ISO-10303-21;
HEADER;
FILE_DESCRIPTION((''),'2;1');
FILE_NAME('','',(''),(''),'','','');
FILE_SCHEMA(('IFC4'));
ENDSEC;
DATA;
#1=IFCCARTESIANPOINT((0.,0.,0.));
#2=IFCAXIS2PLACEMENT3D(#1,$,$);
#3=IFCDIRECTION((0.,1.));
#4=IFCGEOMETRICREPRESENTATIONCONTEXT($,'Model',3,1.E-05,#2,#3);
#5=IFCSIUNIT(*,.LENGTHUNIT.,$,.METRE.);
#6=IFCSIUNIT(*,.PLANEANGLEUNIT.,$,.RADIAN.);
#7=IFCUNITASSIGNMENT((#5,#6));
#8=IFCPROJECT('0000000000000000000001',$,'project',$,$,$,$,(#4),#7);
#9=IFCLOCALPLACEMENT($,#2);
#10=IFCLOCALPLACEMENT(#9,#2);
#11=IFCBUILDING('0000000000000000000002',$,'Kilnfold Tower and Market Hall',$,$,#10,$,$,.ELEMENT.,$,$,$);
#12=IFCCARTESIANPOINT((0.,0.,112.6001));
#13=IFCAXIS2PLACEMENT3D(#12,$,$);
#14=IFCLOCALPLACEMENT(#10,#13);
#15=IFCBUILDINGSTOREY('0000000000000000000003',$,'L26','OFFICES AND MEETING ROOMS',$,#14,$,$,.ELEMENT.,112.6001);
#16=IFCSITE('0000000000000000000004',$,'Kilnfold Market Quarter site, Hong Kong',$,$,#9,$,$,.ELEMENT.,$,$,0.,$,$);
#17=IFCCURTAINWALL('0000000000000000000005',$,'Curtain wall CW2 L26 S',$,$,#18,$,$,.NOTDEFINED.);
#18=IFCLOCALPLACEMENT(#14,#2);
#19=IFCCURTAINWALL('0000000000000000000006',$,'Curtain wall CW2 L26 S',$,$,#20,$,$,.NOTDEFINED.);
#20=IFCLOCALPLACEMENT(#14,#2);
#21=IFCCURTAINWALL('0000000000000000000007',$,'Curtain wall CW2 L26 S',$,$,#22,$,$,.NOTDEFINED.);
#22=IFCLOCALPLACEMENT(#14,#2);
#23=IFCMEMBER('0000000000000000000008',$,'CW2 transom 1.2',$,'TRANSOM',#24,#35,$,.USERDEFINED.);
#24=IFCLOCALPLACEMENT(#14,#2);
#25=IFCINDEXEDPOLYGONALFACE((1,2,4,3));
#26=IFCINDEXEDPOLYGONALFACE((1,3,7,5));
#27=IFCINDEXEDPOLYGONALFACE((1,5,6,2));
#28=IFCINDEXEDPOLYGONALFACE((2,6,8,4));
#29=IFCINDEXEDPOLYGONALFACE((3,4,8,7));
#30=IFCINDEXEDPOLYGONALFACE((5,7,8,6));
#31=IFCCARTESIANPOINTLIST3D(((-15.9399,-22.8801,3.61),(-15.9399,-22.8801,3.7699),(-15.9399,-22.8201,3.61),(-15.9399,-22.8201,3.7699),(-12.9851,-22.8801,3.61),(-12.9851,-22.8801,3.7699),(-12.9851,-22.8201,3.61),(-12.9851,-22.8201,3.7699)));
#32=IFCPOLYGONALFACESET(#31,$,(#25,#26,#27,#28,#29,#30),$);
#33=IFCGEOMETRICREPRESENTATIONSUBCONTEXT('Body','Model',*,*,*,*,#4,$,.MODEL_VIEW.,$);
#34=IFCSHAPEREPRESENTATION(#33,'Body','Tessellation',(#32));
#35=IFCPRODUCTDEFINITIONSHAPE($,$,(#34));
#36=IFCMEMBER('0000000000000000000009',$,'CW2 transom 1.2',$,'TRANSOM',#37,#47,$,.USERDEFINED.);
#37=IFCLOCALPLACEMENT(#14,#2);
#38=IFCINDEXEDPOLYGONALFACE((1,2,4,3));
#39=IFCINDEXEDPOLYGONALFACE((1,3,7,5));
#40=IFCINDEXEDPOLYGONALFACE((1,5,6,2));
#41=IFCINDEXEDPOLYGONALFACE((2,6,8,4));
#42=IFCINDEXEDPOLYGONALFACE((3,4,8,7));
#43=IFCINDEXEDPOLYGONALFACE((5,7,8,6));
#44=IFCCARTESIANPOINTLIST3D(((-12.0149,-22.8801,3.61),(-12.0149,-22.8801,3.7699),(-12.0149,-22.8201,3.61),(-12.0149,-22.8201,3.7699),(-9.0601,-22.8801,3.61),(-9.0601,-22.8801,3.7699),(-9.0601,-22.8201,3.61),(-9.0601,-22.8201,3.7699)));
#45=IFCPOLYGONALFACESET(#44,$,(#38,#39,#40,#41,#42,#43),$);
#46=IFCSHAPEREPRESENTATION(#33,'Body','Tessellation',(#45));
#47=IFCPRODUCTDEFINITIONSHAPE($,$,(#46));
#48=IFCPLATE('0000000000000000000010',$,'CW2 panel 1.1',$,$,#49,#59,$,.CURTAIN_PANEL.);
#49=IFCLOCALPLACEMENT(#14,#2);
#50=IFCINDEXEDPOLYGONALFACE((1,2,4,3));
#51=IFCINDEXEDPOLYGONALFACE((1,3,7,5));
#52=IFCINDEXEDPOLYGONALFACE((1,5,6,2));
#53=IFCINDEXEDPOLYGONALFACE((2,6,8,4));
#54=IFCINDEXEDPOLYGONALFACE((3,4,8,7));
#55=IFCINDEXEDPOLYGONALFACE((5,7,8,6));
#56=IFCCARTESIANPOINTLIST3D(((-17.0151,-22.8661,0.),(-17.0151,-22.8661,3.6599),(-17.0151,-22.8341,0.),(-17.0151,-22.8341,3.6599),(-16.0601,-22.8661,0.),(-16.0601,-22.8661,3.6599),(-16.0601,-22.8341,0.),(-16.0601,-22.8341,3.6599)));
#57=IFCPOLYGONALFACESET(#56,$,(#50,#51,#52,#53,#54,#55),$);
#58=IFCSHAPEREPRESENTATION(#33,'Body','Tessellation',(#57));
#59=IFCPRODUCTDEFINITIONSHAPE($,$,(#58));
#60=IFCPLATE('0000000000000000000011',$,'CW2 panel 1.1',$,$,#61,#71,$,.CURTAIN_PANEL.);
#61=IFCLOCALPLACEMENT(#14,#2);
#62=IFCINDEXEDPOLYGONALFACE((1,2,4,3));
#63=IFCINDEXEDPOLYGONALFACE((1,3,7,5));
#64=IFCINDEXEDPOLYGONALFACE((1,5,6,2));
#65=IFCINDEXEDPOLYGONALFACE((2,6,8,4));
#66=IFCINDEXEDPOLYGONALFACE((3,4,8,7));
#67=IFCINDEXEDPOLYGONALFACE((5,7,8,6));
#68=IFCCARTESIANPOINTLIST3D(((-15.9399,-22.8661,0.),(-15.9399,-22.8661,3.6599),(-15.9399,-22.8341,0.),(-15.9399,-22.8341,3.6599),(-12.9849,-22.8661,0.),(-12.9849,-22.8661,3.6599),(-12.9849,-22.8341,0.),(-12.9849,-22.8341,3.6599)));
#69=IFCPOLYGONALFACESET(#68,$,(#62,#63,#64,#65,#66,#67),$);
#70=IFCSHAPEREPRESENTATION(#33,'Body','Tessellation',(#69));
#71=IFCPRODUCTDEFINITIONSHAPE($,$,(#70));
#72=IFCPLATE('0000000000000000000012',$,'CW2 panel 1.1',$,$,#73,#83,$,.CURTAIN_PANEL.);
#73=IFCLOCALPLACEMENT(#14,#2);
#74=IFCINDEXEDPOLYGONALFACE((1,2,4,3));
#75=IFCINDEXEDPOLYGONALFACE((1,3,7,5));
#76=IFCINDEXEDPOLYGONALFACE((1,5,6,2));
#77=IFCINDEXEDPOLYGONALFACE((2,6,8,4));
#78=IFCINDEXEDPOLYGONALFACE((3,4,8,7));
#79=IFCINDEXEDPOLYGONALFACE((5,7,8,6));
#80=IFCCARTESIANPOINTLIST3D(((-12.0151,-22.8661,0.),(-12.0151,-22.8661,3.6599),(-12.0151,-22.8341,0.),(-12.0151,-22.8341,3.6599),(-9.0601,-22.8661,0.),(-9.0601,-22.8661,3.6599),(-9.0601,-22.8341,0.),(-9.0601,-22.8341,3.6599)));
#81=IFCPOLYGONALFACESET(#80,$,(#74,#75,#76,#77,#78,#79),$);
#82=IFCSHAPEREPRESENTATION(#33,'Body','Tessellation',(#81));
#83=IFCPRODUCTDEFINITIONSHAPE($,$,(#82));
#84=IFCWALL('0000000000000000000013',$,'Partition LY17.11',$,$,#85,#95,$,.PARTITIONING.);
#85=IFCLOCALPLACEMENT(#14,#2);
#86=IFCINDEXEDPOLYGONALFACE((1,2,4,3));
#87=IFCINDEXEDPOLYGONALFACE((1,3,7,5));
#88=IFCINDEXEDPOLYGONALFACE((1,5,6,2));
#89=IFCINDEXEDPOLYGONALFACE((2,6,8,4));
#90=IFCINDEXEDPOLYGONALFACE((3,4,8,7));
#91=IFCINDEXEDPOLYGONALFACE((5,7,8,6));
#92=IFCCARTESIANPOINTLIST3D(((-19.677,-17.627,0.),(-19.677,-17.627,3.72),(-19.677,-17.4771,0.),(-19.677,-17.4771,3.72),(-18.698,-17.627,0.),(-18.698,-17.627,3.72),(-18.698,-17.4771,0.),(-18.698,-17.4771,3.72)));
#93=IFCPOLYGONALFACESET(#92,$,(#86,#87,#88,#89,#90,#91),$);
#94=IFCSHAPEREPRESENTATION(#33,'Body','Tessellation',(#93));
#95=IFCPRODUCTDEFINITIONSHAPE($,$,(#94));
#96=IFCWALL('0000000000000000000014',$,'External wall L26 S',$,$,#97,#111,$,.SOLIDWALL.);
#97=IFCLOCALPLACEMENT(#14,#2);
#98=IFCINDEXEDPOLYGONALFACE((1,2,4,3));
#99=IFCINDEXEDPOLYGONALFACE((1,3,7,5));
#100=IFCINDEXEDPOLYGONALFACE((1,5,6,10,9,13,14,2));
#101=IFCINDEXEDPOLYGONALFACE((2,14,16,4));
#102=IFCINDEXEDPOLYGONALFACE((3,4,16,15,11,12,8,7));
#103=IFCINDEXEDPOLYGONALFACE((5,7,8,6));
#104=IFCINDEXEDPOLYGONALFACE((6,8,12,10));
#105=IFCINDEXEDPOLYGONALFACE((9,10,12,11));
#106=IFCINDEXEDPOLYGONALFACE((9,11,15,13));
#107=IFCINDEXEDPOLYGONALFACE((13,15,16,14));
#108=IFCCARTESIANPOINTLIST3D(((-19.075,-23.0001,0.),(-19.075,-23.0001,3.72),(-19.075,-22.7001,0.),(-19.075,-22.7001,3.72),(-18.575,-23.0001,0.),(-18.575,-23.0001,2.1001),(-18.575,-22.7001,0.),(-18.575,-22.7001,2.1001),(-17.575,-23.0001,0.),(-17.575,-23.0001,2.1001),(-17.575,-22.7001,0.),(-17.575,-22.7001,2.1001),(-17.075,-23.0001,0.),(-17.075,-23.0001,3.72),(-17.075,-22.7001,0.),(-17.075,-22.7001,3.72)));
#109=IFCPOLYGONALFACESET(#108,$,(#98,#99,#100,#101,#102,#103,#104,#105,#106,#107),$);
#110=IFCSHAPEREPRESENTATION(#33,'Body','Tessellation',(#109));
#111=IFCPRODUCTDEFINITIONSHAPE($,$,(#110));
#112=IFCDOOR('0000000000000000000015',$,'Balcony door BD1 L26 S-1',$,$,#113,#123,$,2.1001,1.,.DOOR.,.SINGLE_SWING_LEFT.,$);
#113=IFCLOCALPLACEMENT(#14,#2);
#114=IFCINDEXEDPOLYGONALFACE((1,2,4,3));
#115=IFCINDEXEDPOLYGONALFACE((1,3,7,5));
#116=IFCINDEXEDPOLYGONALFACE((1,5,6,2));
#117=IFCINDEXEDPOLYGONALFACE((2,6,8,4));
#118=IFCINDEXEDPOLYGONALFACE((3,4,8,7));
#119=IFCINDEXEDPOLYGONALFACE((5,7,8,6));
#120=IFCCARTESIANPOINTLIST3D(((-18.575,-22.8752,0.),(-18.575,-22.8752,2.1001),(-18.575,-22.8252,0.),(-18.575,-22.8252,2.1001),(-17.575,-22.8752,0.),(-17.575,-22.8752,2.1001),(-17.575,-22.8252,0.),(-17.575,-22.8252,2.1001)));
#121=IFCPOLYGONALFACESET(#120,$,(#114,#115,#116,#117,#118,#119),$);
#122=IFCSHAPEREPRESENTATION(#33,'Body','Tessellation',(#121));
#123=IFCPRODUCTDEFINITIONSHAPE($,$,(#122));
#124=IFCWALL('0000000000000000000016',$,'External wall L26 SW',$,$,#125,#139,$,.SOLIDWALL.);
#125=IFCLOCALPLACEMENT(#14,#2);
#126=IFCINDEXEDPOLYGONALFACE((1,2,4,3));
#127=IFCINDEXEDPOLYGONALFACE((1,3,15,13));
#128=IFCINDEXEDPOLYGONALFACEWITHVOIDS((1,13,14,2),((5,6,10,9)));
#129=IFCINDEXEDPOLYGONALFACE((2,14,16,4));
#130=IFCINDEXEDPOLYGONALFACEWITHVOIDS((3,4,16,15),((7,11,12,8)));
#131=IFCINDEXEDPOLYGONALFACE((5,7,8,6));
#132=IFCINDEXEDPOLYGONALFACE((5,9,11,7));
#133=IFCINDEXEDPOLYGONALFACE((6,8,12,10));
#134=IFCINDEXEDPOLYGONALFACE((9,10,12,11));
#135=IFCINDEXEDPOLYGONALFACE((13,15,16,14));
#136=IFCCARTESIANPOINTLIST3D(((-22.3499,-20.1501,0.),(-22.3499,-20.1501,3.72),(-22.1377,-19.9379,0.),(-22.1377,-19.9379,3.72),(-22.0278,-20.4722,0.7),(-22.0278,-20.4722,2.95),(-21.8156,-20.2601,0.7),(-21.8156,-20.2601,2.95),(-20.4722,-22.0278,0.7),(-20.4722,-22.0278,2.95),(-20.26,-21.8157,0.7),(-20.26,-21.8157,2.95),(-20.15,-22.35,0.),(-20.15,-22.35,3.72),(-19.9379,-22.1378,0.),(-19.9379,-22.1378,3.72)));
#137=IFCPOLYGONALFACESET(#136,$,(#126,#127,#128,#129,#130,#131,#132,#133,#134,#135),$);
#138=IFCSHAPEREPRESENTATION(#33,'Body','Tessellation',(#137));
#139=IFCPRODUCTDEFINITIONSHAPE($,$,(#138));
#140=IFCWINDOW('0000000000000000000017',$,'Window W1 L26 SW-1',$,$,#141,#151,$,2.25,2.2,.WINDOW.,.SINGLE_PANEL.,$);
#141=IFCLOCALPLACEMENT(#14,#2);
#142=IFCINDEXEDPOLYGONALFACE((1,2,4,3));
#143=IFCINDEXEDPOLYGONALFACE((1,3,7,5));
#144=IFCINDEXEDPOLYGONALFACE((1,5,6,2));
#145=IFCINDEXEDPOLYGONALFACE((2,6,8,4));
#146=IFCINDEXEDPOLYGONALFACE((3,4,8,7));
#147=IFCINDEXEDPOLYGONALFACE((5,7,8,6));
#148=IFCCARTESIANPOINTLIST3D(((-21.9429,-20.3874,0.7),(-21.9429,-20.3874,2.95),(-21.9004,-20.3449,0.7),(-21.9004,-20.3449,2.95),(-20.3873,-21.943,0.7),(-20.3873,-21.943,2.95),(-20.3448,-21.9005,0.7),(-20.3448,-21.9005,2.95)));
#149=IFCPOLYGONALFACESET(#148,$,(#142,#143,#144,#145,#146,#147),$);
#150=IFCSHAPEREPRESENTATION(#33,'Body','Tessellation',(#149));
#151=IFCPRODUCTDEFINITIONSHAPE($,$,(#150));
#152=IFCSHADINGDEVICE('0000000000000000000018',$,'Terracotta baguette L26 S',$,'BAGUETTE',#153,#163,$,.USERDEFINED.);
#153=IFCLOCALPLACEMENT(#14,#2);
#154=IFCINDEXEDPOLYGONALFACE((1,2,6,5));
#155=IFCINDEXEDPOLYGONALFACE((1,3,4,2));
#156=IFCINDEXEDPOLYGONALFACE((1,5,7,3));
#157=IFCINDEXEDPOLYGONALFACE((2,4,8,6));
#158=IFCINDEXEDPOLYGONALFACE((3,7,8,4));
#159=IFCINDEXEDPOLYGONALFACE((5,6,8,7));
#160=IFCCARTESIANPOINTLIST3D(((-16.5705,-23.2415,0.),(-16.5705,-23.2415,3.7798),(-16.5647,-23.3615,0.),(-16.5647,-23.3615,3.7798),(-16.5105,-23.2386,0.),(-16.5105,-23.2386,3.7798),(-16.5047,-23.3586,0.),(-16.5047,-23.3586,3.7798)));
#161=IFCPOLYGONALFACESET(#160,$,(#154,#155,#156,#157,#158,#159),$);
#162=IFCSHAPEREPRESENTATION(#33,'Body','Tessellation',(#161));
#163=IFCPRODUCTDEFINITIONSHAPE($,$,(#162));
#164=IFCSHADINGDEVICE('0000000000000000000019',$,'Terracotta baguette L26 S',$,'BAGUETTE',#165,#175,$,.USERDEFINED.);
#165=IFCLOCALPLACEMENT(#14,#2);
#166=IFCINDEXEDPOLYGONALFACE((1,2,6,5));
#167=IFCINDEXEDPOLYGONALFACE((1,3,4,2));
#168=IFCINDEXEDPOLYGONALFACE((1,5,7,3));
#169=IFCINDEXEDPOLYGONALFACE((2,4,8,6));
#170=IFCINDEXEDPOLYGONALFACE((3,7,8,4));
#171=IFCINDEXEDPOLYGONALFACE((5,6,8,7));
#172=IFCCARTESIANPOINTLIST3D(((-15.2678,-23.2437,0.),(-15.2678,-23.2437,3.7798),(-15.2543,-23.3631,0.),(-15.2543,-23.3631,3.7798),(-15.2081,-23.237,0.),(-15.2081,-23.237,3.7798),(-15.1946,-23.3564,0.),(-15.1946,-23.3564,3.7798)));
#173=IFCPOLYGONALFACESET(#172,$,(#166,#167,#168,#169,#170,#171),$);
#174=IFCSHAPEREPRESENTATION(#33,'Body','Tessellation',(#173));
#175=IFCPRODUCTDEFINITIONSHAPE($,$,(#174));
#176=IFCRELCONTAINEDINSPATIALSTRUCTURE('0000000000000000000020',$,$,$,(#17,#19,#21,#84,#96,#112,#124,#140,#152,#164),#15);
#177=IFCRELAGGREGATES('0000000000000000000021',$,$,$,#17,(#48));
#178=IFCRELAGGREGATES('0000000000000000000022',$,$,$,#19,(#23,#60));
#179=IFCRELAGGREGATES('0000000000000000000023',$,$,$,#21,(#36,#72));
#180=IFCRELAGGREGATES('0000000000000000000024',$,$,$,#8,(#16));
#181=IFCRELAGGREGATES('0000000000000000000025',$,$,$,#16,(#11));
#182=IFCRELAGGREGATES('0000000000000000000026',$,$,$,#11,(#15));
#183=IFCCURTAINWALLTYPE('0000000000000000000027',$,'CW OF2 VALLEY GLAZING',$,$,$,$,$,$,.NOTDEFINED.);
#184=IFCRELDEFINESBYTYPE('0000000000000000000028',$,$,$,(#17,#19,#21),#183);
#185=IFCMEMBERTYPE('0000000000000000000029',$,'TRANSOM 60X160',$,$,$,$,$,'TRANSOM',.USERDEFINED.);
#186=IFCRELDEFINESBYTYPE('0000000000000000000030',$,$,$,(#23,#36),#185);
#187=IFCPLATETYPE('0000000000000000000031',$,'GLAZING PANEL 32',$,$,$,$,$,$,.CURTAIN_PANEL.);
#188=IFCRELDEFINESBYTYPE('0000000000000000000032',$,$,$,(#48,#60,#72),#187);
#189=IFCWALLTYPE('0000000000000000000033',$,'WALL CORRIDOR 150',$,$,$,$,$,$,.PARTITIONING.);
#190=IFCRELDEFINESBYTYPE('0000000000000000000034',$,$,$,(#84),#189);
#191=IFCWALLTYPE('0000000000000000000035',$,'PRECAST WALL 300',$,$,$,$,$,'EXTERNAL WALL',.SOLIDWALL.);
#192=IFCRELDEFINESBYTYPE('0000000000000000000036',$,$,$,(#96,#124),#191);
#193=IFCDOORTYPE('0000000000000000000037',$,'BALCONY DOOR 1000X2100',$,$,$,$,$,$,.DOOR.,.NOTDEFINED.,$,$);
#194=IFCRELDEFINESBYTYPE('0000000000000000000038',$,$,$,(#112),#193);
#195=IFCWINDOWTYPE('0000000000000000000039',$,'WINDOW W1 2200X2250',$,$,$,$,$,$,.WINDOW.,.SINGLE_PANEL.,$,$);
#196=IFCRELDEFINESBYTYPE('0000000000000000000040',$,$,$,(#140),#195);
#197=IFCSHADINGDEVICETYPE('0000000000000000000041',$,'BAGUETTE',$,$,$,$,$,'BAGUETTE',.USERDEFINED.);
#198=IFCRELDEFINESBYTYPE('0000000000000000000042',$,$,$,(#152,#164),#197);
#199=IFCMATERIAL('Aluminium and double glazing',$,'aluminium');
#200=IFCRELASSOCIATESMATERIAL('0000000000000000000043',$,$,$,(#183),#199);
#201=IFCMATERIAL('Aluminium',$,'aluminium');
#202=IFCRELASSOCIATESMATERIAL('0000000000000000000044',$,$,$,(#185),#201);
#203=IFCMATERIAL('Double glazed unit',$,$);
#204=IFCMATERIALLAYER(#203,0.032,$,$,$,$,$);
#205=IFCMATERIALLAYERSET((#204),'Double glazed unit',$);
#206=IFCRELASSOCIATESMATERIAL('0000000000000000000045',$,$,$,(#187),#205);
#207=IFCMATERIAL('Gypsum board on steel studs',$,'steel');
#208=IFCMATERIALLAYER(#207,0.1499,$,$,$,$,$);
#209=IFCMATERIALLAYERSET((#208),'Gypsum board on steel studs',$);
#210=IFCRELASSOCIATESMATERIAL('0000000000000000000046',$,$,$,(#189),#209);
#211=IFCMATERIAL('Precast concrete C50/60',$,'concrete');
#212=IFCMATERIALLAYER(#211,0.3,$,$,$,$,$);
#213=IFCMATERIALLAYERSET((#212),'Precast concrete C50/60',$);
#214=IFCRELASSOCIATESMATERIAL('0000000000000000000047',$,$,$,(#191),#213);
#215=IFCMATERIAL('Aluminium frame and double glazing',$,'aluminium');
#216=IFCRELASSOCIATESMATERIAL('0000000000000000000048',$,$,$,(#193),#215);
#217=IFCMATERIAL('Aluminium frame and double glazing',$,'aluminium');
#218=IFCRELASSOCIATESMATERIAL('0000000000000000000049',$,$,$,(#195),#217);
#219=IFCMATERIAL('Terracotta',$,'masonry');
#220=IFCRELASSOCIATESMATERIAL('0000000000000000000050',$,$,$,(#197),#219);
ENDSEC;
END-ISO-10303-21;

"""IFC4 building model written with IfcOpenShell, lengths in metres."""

from ifc_helpers import new_model, si_unit, direction, frame, frame_2d, origin, origin_2d, place, context, subcontext, project, spatial, rectangle, extrude, source, transform, mapped, material, layer, layer_set, material_profile, profile_set, type_object, element, fill, aggregate, save


model = new_model("IFC4")

# Units and contexts
model_context = context("Model", 3, precision=1e-05, world=origin(), true_north=direction((0.0, 1.0)))
body_context = subcontext(model_context, "Body", "Model", "MODEL_VIEW")
ifc_project = project(units=[si_unit("LENGTHUNIT", "METRE"), si_unit("PLANEANGLEUNIT", "RADIAN")], contexts=[model_context])

# Site, building, storey
site_placement = place(None, origin())
site = spatial("IfcSite", under=ifc_project, at=site_placement, Name="Kilnfold Market Quarter site, Hong Kong", CompositionType="ELEMENT", RefElevation=0.0)
building_placement = place(site_placement, origin())
building = spatial("IfcBuilding", under=site, at=building_placement, Name="Kilnfold Tower and Market Hall", CompositionType="ELEMENT")
storey_placement = place(building_placement, frame((0.0, 0.0, 112.6001)))
storey = spatial("IfcBuildingStorey", under=building, at=storey_placement, Name="L26", Description="OFFICES AND MEETING ROOMS", CompositionType="ELEMENT", Elevation=112.6001)

# Curtain walls
ifc_material_1 = material(Name="Aluminium and double glazing", Category="aluminium")
curtain_wall_type = type_object("IfcCurtainWallType", Name="CW OF2 VALLEY GLAZING", PredefinedType="NOTDEFINED", material=ifc_material_1)
curtain_wall_1_placement = place(storey_placement, origin())
curtain_wall_1 = element("IfcCurtainWall", 1, at=curtain_wall_1_placement, inside=storey, type_object=curtain_wall_type, Name="Curtain wall CW2 L26 S", PredefinedType="NOTDEFINED")
curtain_wall_2_placement = place(storey_placement, origin())
curtain_wall_2 = element("IfcCurtainWall", 2, at=curtain_wall_2_placement, inside=storey, type_object=curtain_wall_type, Name="Curtain wall CW2 L26 S", PredefinedType="NOTDEFINED")

# Curtain wall
curtain_wall_3_placement = place(storey_placement, origin())
curtain_wall_3 = element("IfcCurtainWall", 3, at=curtain_wall_3_placement, inside=storey, type_object=curtain_wall_type, Name="Curtain wall CW2 L26 S", PredefinedType="NOTDEFINED")

# Members
ifc_material_2 = material(Name="Aluminium", Category="aluminium")
ifc_material_profile_1 = material_profile(ifc_material_2, rectangle(XDim=0.0601, YDim=0.1599, at=origin_2d()), Name="TRANSOM 60x160")
ifc_profile_set_1 = profile_set([ifc_material_profile_1], Name="Aluminium")
member_type_1 = type_object("IfcMemberType", Name="TRANSOM 60X160", ElementType="TRANSOM", PredefinedType="USERDEFINED", material=ifc_profile_set_1)
shared_shape_1 = source(origin(), body_context, "Body", "SweptSolid", [
    extrude(rectangle(XDim=0.0601, YDim=0.1599, at=origin_2d()), origin(), (0.0, 0.0, 1.0), 2.9548),
])
member_1_placement = place(storey_placement, frame((-15.9399, -22.8501, 3.6899), z_axis=(1.0, 0.0, 0.0), x_axis=(0.0, 1.0, 0.0)))
member_1 = element("IfcMember", 4, at=member_1_placement, type_object=member_type_1, Name="CW2 transom 1.2", ObjectType="TRANSOM", PredefinedType="USERDEFINED", context=body_context, shape_type="MappedRepresentation", body=[
    mapped(shared_shape_1, transform((0.0, 0.0, 0.0))),
])
member_2_placement = place(storey_placement, frame((-12.0149, -22.8501, 3.6899), z_axis=(1.0, 0.0, 0.0), x_axis=(0.0, 1.0, 0.0)))
member_2 = element("IfcMember", 5, at=member_2_placement, type_object=member_type_1, Name="CW2 transom 1.2", ObjectType="TRANSOM", PredefinedType="USERDEFINED", context=body_context, shape_type="MappedRepresentation", body=[
    mapped(shared_shape_1, transform((0.0, 0.0, 0.0))),
])

# Plates
ifc_material_3 = material(Name="Double glazed unit")
ifc_layer_1 = layer(ifc_material_3, 0.032)
ifc_layer_set_1 = layer_set([ifc_layer_1], Name="Double glazed unit")
plate_type = type_object("IfcPlateType", Name="GLAZING PANEL 32", PredefinedType="CURTAIN_PANEL", material=ifc_layer_set_1)
shared_shape_2 = source(origin(), body_context, "Body", "SweptSolid", [
    extrude(rectangle(XDim=0.9551, YDim=0.032, at=origin_2d()), origin(), (0.0, 0.0, 1.0), 3.6599),
])
plate_1_placement = place(storey_placement, frame((-16.5376, -22.8501, 0.0), z_axis=(0.0, 0.0, 1.0), x_axis=(1.0, 0.0, 0.0)))
plate_1 = element("IfcPlate", 6, at=plate_1_placement, type_object=plate_type, Name="CW2 panel 1.1", PredefinedType="CURTAIN_PANEL", context=body_context, shape_type="MappedRepresentation", body=[
    mapped(shared_shape_2, transform((0.0, 0.0, 0.0))),
])
aggregate(curtain_wall_1, [plate_1])
shared_shape_3 = source(origin(), body_context, "Body", "SweptSolid", [
    extrude(rectangle(XDim=2.9551, YDim=0.032, at=origin_2d()), origin(), (0.0, 0.0, 1.0), 3.6599),
])
plate_2_placement = place(storey_placement, frame((-14.4624, -22.8501, 0.0), z_axis=(0.0, 0.0, 1.0), x_axis=(1.0, 0.0, 0.0)))
plate_2 = element("IfcPlate", 7, at=plate_2_placement, type_object=plate_type, Name="CW2 panel 1.1", PredefinedType="CURTAIN_PANEL", context=body_context, shape_type="MappedRepresentation", body=[
    mapped(shared_shape_3, transform((0.0, 0.0, 0.0))),
])
aggregate(curtain_wall_2, [member_1, plate_2])
plate_3_placement = place(storey_placement, frame((-10.5376, -22.8501, 0.0), z_axis=(0.0, 0.0, 1.0), x_axis=(1.0, 0.0, 0.0)))
plate_3 = element("IfcPlate", 8, at=plate_3_placement, type_object=plate_type, Name="CW2 panel 1.1", PredefinedType="CURTAIN_PANEL", context=body_context, shape_type="MappedRepresentation", body=[
    mapped(shared_shape_3, transform((0.0, 0.0, 0.0))),
])
aggregate(curtain_wall_3, [member_2, plate_3])

# Wall
ifc_material_4 = material(Name="Gypsum board on steel studs", Category="steel")
ifc_layer_2 = layer(ifc_material_4, 0.1499)
ifc_layer_set_2 = layer_set([ifc_layer_2], Name="Gypsum board on steel studs")
wall_type_1 = type_object("IfcWallType", Name="WALL CORRIDOR 150", PredefinedType="PARTITIONING", material=ifc_layer_set_2)
wall_1_placement = place(storey_placement, frame((-19.677, -17.552, 0.0), z_axis=(0.0, 0.0, 1.0), x_axis=(1.0, 0.0, 0.0)))
element("IfcWall", 9, at=wall_1_placement, inside=storey, type_object=wall_type_1, Name="Partition LY17.11", PredefinedType="PARTITIONING", context=body_context, shape_type="SweptSolid", body=[
    extrude(rectangle(XDim=0.979, YDim=0.1499, at=frame_2d((0.4895, 0.0))), origin(), (0.0, 0.0, 1.0), 3.72),
])

# Wall, opening, door
ifc_material_5 = material(Name="Precast concrete C50/60", Category="concrete")
ifc_layer_3 = layer(ifc_material_5, 0.3)
ifc_layer_set_3 = layer_set([ifc_layer_3], Name="Precast concrete C50/60")
wall_type_2 = type_object("IfcWallType", Name="PRECAST WALL 300", ElementType="EXTERNAL WALL", PredefinedType="SOLIDWALL", material=ifc_layer_set_3)
shared_shape_4 = source(origin(), body_context, "Body", "SweptSolid", [
    extrude(rectangle(XDim=2.0, YDim=0.3, at=frame_2d((1.0, 0.0))), origin(), (0.0, 0.0, 1.0), 3.72),
])
wall_2_placement = place(storey_placement, frame((-19.075, -22.8501, 0.0), z_axis=(0.0, 0.0, 1.0), x_axis=(1.0, 0.0, 0.0)))
wall_2 = element("IfcWall", 10, at=wall_2_placement, inside=storey, type_object=wall_type_2, Name="External wall L26 S", PredefinedType="SOLIDWALL", context=body_context, shape_type="MappedRepresentation", body=[
    mapped(shared_shape_4, transform((0.0, 0.0, 0.0))),
])
opening_1_placement = place(wall_2_placement, frame((0.5, 0.0, 0.0)))
opening_1 = element("IfcOpeningElement", 11, at=opening_1_placement, cuts=wall_2, PredefinedType="OPENING", context=body_context, shape_type="SweptSolid", body=[
    extrude(rectangle(XDim=1.0, YDim=2.1001, at=frame_2d((0.5, 1.05))), frame((0.0, 0.1602, 0.0), z_axis=(0.0, -1.0, 0.0), x_axis=(1.0, 0.0, 0.0)), (0.0, 0.0, 1.0), 0.3201),
])
ifc_material_6 = material(Name="Aluminium frame and double glazing", Category="aluminium")
door_type = type_object("IfcDoorType", Name="BALCONY DOOR 1000X2100", OperationType="NOTDEFINED", PredefinedType="DOOR", material=ifc_material_6)
door_placement = place(opening_1_placement, origin())
door = element("IfcDoor", 12, at=door_placement, inside=storey, type_object=door_type, Name="Balcony door BD1 L26 S-1", OperationType="SINGLE_SWING_LEFT", OverallHeight=2.1001, OverallWidth=1.0, PredefinedType="DOOR", context=body_context, shape_type="SweptSolid", body=[
    extrude(rectangle(XDim=1.0, YDim=2.1001, at=frame_2d((0.5, 1.05))), frame((0.0, 0.0249, 0.0), z_axis=(0.0, -1.0, 0.0), x_axis=(1.0, 0.0, 0.0)), (0.0, 0.0, 1.0), 0.05),
])
fill(opening_1, door)

# Wall, opening, window
shared_shape_5 = source(origin(), body_context, "Body", "SweptSolid", [
    extrude(rectangle(XDim=3.1111, YDim=0.3, at=frame_2d((1.5557, 0.0))), origin(), (0.0, 0.0, 1.0), 3.72),
])
wall_3_placement = place(storey_placement, frame((-22.2439, -20.0439, 0.0), z_axis=(0.0, 0.0, 1.0), x_axis=(0.707107, -0.707107, 0.0)))
wall_3 = element("IfcWall", 13, at=wall_3_placement, inside=storey, type_object=wall_type_2, Name="External wall L26 SW", PredefinedType="SOLIDWALL", context=body_context, shape_type="MappedRepresentation", body=[
    mapped(shared_shape_5, transform((0.0, 0.0, 0.0))),
])
opening_2_placement = place(wall_3_placement, frame((0.4556, 0.0, 0.7)))
opening_2 = element("IfcOpeningElement", 14, at=opening_2_placement, cuts=wall_3, PredefinedType="OPENING", context=body_context, shape_type="SweptSolid", body=[
    extrude(rectangle(XDim=2.2, YDim=2.25, at=frame_2d((1.1001, 1.125))), frame((0.0, 0.1602, 0.0), z_axis=(0.0, -1.0, 0.0), x_axis=(1.0, 0.0, 0.0)), (0.0, 0.0, 1.0), 0.3201),
])
ifc_material_7 = material(Name="Aluminium frame and double glazing", Category="aluminium")
window_type = type_object("IfcWindowType", Name="WINDOW W1 2200X2250", PartitioningType="SINGLE_PANEL", PredefinedType="WINDOW", material=ifc_material_7)
window_placement = place(opening_2_placement, origin())
window = element("IfcWindow", 15, at=window_placement, inside=storey, type_object=window_type, Name="Window W1 L26 SW-1", OverallHeight=2.25, OverallWidth=2.2, PartitioningType="SINGLE_PANEL", PredefinedType="WINDOW", context=body_context, shape_type="SweptSolid", body=[
    extrude(rectangle(XDim=2.2, YDim=2.25, at=frame_2d((1.1001, 1.125))), frame((0.0, 0.03, 0.0), z_axis=(0.0, -1.0, 0.0), x_axis=(1.0, 0.0, 0.0)), (0.0, 0.0, 1.0), 0.0601),
])
fill(opening_2, window)

# Shading devices
ifc_material_8 = material(Name="Terracotta", Category="masonry")
ifc_material_profile_2 = material_profile(ifc_material_8, rectangle(XDim=0.0601, YDim=0.1201, at=origin_2d()), Name="BAG 60x120")
ifc_profile_set_2 = profile_set([ifc_material_profile_2], Name="Terracotta")
shading_device_type = type_object("IfcShadingDeviceType", Name="BAGUETTE", ElementType="BAGUETTE", PredefinedType="USERDEFINED", material=ifc_profile_set_2)
shared_shape_6 = source(origin(), body_context, "Body", "SweptSolid", [
    extrude(rectangle(XDim=0.0601, YDim=0.1201, at=origin_2d()), origin(), (0.0, 0.0, 1.0), 3.7798),
])
for number, where, z_axis, x_axis, name in (
    (16, (-16.5376, -23.3, 0.0), (0.0, 0.0, 1.0), (0.998858, 0.047779, 0.0), "Terracotta baguette L26 S"),
    (17, (-15.2312, -23.3, 0.0), (0.0, 0.0, 1.0), (0.99369, 0.112159, 0.0), "Terracotta baguette L26 S"),
):
    element("IfcShadingDevice", number, at=place(storey_placement, frame(where, z_axis=z_axis, x_axis=x_axis)), inside=storey, type_object=shading_device_type, Name=name, ObjectType="BAGUETTE", PredefinedType="USERDEFINED", context=body_context, shape_type="MappedRepresentation", body=[
        mapped(shared_shape_6, transform((0.0, 0.0, 0.0))),
    ])

save(model, "model.ifc")
